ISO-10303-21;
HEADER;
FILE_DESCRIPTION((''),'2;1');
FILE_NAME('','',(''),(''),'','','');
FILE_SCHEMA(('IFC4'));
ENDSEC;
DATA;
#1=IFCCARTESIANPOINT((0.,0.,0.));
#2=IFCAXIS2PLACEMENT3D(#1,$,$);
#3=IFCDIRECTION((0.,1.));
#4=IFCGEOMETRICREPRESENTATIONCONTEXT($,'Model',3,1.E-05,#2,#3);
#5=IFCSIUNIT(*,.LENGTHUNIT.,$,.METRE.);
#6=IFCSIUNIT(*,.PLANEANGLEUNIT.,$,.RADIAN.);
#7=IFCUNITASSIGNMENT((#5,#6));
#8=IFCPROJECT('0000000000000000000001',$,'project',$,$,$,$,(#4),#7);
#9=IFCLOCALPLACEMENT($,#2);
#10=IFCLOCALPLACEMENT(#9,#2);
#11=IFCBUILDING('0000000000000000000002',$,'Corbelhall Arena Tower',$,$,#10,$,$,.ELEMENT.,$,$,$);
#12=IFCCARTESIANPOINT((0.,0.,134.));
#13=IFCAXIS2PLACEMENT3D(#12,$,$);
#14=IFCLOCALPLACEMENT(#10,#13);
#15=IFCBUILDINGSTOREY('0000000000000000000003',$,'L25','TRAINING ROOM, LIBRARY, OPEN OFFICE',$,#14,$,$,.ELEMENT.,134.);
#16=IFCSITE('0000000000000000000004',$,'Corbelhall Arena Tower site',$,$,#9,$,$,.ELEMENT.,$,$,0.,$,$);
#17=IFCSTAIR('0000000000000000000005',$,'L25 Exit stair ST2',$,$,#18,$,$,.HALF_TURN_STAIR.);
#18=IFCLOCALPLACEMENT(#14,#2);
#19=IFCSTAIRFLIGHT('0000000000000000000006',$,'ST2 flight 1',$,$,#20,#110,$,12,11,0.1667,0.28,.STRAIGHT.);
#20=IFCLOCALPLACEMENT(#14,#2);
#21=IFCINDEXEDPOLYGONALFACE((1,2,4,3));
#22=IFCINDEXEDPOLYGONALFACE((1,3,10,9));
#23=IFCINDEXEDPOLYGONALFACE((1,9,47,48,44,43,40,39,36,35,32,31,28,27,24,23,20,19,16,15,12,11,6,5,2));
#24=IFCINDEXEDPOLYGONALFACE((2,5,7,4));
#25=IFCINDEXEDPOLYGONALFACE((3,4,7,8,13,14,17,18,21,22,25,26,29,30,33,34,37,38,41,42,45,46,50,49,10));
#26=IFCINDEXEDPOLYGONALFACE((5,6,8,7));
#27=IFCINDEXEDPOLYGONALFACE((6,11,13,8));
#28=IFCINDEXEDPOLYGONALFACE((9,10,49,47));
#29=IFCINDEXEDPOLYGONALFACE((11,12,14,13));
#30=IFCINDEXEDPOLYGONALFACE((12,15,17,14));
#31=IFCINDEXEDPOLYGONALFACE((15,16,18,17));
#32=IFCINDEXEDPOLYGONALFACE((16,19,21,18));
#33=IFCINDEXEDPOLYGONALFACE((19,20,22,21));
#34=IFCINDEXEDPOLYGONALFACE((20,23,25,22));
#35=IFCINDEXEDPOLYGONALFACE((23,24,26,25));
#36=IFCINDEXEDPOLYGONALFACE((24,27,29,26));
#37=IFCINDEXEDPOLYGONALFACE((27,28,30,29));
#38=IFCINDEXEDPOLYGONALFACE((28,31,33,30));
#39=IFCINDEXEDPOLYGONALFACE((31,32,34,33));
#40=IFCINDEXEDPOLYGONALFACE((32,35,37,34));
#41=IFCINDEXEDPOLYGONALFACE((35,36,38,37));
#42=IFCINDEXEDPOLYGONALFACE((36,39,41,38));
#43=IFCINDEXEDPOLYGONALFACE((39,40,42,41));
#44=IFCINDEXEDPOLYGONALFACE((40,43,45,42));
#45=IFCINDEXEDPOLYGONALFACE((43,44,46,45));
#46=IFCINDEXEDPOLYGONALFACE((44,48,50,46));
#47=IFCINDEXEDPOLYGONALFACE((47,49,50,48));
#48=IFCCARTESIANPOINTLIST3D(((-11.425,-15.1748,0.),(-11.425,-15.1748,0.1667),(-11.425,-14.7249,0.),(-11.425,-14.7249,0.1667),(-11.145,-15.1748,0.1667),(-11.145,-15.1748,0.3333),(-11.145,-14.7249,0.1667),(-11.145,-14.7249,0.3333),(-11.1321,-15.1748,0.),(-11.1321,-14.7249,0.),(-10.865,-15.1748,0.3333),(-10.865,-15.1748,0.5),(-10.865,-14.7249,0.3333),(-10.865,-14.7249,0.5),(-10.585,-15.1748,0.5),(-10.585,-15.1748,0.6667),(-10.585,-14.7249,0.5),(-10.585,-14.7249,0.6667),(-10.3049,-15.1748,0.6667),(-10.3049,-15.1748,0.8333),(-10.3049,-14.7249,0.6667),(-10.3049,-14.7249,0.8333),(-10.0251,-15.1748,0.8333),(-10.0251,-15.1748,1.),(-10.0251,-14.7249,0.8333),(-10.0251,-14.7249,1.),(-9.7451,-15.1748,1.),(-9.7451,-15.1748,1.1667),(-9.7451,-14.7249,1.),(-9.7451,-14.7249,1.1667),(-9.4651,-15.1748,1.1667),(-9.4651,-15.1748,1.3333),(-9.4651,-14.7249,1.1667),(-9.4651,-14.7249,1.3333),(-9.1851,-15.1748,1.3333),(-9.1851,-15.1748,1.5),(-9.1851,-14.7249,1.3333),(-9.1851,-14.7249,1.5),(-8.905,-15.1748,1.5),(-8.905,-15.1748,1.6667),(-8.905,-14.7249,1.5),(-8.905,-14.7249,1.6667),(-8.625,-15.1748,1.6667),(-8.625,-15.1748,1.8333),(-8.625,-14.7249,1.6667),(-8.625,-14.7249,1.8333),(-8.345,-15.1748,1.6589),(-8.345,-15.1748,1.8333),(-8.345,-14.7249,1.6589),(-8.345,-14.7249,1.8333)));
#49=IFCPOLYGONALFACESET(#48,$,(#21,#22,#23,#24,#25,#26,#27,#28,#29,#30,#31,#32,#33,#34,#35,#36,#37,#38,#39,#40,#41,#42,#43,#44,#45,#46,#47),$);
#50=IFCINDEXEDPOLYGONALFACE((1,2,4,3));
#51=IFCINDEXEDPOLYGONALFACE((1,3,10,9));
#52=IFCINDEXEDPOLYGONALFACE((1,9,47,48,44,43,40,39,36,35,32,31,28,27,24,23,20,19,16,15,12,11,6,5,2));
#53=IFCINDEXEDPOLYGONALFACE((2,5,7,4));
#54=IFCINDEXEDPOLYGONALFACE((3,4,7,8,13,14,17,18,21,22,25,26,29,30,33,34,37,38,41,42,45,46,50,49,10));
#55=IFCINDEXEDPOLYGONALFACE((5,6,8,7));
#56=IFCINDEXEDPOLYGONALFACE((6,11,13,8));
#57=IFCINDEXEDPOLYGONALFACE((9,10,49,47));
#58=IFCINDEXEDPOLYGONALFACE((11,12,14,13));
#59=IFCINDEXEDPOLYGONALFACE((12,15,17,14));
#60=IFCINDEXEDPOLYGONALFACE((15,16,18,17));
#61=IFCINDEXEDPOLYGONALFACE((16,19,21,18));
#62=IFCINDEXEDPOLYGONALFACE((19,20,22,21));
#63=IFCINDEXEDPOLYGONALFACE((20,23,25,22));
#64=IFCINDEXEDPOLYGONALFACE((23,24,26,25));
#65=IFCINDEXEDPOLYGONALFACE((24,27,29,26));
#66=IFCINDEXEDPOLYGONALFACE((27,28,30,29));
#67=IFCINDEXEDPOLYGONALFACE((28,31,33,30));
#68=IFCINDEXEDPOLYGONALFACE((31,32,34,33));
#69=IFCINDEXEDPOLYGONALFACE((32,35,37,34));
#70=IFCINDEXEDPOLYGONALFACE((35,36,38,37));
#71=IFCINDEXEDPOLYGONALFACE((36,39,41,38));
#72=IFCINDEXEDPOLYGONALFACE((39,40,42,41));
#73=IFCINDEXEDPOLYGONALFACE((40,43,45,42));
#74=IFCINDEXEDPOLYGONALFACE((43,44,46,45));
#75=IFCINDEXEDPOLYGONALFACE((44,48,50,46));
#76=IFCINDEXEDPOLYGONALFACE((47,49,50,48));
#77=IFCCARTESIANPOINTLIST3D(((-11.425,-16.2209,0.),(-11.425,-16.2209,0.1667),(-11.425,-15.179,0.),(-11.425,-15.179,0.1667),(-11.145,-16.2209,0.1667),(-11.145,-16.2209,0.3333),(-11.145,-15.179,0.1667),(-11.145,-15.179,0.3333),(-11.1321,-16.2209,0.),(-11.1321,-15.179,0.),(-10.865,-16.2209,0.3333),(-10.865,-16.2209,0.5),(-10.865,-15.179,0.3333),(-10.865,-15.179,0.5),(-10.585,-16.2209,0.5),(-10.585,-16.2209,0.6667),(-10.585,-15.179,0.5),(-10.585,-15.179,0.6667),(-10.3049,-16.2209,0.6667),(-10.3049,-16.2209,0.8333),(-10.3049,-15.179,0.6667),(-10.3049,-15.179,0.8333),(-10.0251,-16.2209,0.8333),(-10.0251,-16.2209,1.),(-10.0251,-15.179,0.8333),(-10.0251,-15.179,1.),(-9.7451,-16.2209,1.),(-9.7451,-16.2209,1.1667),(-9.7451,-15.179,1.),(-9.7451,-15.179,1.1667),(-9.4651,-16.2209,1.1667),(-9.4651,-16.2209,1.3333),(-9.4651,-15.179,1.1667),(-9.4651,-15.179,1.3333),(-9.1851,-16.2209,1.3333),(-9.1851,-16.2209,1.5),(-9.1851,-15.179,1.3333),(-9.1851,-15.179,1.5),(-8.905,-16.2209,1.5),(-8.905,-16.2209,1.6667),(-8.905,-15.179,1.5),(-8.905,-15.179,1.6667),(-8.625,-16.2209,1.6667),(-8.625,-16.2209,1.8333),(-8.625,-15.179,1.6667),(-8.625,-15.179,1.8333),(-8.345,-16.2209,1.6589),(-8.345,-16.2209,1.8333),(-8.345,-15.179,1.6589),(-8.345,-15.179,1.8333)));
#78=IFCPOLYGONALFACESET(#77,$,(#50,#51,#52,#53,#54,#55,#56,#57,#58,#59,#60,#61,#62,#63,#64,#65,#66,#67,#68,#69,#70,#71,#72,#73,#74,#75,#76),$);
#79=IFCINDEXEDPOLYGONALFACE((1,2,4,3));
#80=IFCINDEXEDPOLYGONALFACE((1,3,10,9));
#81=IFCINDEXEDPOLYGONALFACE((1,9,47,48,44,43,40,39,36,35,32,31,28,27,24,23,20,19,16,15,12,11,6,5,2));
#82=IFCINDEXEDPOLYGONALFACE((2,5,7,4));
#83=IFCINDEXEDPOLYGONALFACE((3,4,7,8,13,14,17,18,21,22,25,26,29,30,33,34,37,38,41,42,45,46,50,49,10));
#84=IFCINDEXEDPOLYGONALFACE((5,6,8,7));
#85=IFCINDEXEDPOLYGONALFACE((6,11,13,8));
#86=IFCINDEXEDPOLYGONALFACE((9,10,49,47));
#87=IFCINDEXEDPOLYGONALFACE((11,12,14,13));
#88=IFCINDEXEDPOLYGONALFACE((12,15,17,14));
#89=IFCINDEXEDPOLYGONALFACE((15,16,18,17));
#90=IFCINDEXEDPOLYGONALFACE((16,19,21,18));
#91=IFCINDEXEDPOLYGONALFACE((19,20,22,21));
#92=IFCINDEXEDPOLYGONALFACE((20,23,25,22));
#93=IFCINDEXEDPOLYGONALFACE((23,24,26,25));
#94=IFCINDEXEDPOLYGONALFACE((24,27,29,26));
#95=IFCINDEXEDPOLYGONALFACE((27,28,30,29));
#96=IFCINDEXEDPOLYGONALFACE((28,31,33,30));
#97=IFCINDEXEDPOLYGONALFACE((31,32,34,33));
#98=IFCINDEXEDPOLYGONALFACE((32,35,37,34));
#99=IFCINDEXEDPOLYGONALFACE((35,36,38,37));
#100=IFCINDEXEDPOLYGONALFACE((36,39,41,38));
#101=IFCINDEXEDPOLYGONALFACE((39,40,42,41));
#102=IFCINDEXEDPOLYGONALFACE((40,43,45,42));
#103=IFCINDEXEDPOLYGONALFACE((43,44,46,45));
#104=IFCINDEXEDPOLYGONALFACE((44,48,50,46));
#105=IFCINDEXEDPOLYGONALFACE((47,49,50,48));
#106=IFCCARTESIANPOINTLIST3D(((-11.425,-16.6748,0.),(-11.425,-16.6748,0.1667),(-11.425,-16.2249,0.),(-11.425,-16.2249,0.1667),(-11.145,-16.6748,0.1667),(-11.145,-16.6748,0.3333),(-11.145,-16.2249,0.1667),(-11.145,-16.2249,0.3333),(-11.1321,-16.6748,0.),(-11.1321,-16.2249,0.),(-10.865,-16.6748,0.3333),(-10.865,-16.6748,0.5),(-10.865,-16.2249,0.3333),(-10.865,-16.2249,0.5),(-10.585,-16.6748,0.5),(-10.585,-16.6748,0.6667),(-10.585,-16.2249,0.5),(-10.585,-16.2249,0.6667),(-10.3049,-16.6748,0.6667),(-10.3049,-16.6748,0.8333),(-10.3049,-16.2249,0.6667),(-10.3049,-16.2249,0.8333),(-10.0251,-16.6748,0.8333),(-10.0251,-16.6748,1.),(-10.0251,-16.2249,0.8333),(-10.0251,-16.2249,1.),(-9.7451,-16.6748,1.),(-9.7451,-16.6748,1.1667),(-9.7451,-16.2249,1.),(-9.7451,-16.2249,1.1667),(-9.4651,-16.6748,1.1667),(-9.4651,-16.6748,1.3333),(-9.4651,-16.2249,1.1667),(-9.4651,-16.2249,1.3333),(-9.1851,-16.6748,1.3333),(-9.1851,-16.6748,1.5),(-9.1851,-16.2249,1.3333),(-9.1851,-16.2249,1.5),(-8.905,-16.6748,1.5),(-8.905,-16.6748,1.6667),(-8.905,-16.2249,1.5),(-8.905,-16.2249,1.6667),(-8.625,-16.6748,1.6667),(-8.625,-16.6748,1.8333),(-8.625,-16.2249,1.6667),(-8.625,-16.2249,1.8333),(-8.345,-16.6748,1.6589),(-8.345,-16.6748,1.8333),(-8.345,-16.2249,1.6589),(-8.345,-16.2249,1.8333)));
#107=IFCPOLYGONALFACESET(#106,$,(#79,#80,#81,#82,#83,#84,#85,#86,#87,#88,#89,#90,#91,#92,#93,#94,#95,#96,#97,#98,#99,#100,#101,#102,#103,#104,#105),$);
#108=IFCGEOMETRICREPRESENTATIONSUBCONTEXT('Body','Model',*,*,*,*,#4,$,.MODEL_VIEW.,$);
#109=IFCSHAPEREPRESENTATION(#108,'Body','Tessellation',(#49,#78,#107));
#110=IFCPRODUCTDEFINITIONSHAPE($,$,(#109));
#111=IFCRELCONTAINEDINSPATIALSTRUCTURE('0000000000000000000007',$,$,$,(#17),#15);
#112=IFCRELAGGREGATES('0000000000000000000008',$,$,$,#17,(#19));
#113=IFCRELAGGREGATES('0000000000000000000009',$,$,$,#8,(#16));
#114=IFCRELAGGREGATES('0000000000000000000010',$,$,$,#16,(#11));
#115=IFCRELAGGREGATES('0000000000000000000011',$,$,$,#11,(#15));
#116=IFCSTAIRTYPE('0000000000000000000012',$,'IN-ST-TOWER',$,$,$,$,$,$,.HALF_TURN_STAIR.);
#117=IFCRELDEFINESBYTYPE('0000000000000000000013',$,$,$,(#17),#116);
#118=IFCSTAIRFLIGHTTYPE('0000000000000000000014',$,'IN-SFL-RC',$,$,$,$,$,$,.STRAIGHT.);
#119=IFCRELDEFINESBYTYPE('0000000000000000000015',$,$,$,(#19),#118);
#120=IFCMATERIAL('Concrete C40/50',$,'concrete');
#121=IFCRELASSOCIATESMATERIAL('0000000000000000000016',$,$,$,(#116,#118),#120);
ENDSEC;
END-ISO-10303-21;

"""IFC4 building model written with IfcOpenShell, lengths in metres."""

from ifc_helpers import new_model, si_unit, direction, frame, origin, place, context, subcontext, project, spatial, polyline, outline, extrude, material, type_object, element, aggregate, save


model = new_model("IFC4")

# Units and contexts
model_context = context("Model", 3, precision=1e-05, world=origin(), true_north=direction((0.0, 1.0)))
body_context = subcontext(model_context, "Body", "Model", "MODEL_VIEW")
ifc_project = project(units=[si_unit("LENGTHUNIT", "METRE"), si_unit("PLANEANGLEUNIT", "RADIAN")], contexts=[model_context])

# Site, building, storey
site_placement = place(None, origin())
site = spatial("IfcSite", under=ifc_project, at=site_placement, Name="Corbelhall Arena Tower site", CompositionType="ELEMENT", RefElevation=0.0)
building_placement = place(site_placement, origin())
building = spatial("IfcBuilding", under=site, at=building_placement, Name="Corbelhall Arena Tower", CompositionType="ELEMENT")
storey_placement = place(building_placement, frame((0.0, 0.0, 134.0)))
storey = spatial("IfcBuildingStorey", under=building, at=storey_placement, Name="L25", Description="TRAINING ROOM, LIBRARY, OPEN OFFICE", CompositionType="ELEMENT", Elevation=134.0)

# Stair, stair flight
ifc_material_1 = material(Name="Concrete C40/50", Category="concrete")
stair_type = type_object("IfcStairType", Name="IN-ST-TOWER", PredefinedType="HALF_TURN_STAIR", material=ifc_material_1)
stair_placement = place(storey_placement, origin())
stair = element("IfcStair", 1, at=stair_placement, inside=storey, type_object=stair_type, Name="L25 Exit stair ST2", PredefinedType="HALF_TURN_STAIR")
stair_flight_type = type_object("IfcStairFlightType", Name="IN-SFL-RC", PredefinedType="STRAIGHT", material=ifc_material_1)
stair_flight_placement = place(storey_placement, frame((-11.425, -15.7, 0.0), z_axis=(0.0, 0.0, 1.0), x_axis=(1.0, 0.0, 0.0)))
stair_flight = element("IfcStairFlight", 2, at=stair_flight_placement, type_object=stair_flight_type, Name="ST2 flight 1", NumberOfRisers=12, NumberOfTreads=11, PredefinedType="STRAIGHT", RiserHeight=0.1667, TreadLength=0.28, context=body_context, shape_type="SweptSolid", body=[
    extrude(outline(polyline([(0.0, 0.0), (0.0, 0.1667), (0.28, 0.1667), (0.28, 0.3333), (0.5601, 0.3333), (0.5601, 0.5), (0.8401, 0.5), (0.8401, 0.6667), (1.1201, 0.6667), (1.1201, 0.8333), (1.3999, 0.8333), (1.3999, 1.0), (1.6799, 1.0), (1.6799, 1.1667), (1.96, 1.1667), (1.96, 1.3333), (2.24, 1.3333), (2.24, 1.5), (2.52, 1.5), (2.52, 1.6667), (2.8, 1.6667), (2.8, 1.8333), (3.0801, 1.8333), (3.0801, 2.0), (3.0801, 1.6589), (0.293, 0.0), (0.0, 0.0)])), frame((0.0, 0.9751, 0.0), z_axis=(0.0, -1.0, 0.0), x_axis=(1.0, 0.0, 0.0)), (0.0, 0.0, 1.0), 0.45),
    extrude(outline(polyline([(0.0, 0.0), (0.0, 0.1667), (0.28, 0.1667), (0.28, 0.3333), (0.5601, 0.3333), (0.5601, 0.5), (0.8401, 0.5), (0.8401, 0.6667), (1.1201, 0.6667), (1.1201, 0.8333), (1.3999, 0.8333), (1.3999, 1.0), (1.6799, 1.0), (1.6799, 1.1667), (1.96, 1.1667), (1.96, 1.3333), (2.24, 1.3333), (2.24, 1.5), (2.52, 1.5), (2.52, 1.6667), (2.8, 1.6667), (2.8, 1.8333), (3.0801, 1.8333), (3.0801, 2.0), (3.0801, 1.6589), (0.293, 0.0), (0.0, 0.0)])), frame((0.0, 0.521, 0.0), z_axis=(0.0, -1.0, 0.0), x_axis=(1.0, 0.0, 0.0)), (0.0, 0.0, 1.0), 1.042),
    extrude(outline(polyline([(0.0, 0.0), (0.0, 0.1667), (0.28, 0.1667), (0.28, 0.3333), (0.5601, 0.3333), (0.5601, 0.5), (0.8401, 0.5), (0.8401, 0.6667), (1.1201, 0.6667), (1.1201, 0.8333), (1.3999, 0.8333), (1.3999, 1.0), (1.6799, 1.0), (1.6799, 1.1667), (1.96, 1.1667), (1.96, 1.3333), (2.24, 1.3333), (2.24, 1.5), (2.52, 1.5), (2.52, 1.6667), (2.8, 1.6667), (2.8, 1.8333), (3.0801, 1.8333), (3.0801, 2.0), (3.0801, 1.6589), (0.293, 0.0), (0.0, 0.0)])), frame((0.0, -0.5249, 0.0), z_axis=(0.0, -1.0, 0.0), x_axis=(1.0, 0.0, 0.0)), (0.0, 0.0, 1.0), 0.45),
])
aggregate(stair, [stair_flight])

save(model, "model.ifc")
